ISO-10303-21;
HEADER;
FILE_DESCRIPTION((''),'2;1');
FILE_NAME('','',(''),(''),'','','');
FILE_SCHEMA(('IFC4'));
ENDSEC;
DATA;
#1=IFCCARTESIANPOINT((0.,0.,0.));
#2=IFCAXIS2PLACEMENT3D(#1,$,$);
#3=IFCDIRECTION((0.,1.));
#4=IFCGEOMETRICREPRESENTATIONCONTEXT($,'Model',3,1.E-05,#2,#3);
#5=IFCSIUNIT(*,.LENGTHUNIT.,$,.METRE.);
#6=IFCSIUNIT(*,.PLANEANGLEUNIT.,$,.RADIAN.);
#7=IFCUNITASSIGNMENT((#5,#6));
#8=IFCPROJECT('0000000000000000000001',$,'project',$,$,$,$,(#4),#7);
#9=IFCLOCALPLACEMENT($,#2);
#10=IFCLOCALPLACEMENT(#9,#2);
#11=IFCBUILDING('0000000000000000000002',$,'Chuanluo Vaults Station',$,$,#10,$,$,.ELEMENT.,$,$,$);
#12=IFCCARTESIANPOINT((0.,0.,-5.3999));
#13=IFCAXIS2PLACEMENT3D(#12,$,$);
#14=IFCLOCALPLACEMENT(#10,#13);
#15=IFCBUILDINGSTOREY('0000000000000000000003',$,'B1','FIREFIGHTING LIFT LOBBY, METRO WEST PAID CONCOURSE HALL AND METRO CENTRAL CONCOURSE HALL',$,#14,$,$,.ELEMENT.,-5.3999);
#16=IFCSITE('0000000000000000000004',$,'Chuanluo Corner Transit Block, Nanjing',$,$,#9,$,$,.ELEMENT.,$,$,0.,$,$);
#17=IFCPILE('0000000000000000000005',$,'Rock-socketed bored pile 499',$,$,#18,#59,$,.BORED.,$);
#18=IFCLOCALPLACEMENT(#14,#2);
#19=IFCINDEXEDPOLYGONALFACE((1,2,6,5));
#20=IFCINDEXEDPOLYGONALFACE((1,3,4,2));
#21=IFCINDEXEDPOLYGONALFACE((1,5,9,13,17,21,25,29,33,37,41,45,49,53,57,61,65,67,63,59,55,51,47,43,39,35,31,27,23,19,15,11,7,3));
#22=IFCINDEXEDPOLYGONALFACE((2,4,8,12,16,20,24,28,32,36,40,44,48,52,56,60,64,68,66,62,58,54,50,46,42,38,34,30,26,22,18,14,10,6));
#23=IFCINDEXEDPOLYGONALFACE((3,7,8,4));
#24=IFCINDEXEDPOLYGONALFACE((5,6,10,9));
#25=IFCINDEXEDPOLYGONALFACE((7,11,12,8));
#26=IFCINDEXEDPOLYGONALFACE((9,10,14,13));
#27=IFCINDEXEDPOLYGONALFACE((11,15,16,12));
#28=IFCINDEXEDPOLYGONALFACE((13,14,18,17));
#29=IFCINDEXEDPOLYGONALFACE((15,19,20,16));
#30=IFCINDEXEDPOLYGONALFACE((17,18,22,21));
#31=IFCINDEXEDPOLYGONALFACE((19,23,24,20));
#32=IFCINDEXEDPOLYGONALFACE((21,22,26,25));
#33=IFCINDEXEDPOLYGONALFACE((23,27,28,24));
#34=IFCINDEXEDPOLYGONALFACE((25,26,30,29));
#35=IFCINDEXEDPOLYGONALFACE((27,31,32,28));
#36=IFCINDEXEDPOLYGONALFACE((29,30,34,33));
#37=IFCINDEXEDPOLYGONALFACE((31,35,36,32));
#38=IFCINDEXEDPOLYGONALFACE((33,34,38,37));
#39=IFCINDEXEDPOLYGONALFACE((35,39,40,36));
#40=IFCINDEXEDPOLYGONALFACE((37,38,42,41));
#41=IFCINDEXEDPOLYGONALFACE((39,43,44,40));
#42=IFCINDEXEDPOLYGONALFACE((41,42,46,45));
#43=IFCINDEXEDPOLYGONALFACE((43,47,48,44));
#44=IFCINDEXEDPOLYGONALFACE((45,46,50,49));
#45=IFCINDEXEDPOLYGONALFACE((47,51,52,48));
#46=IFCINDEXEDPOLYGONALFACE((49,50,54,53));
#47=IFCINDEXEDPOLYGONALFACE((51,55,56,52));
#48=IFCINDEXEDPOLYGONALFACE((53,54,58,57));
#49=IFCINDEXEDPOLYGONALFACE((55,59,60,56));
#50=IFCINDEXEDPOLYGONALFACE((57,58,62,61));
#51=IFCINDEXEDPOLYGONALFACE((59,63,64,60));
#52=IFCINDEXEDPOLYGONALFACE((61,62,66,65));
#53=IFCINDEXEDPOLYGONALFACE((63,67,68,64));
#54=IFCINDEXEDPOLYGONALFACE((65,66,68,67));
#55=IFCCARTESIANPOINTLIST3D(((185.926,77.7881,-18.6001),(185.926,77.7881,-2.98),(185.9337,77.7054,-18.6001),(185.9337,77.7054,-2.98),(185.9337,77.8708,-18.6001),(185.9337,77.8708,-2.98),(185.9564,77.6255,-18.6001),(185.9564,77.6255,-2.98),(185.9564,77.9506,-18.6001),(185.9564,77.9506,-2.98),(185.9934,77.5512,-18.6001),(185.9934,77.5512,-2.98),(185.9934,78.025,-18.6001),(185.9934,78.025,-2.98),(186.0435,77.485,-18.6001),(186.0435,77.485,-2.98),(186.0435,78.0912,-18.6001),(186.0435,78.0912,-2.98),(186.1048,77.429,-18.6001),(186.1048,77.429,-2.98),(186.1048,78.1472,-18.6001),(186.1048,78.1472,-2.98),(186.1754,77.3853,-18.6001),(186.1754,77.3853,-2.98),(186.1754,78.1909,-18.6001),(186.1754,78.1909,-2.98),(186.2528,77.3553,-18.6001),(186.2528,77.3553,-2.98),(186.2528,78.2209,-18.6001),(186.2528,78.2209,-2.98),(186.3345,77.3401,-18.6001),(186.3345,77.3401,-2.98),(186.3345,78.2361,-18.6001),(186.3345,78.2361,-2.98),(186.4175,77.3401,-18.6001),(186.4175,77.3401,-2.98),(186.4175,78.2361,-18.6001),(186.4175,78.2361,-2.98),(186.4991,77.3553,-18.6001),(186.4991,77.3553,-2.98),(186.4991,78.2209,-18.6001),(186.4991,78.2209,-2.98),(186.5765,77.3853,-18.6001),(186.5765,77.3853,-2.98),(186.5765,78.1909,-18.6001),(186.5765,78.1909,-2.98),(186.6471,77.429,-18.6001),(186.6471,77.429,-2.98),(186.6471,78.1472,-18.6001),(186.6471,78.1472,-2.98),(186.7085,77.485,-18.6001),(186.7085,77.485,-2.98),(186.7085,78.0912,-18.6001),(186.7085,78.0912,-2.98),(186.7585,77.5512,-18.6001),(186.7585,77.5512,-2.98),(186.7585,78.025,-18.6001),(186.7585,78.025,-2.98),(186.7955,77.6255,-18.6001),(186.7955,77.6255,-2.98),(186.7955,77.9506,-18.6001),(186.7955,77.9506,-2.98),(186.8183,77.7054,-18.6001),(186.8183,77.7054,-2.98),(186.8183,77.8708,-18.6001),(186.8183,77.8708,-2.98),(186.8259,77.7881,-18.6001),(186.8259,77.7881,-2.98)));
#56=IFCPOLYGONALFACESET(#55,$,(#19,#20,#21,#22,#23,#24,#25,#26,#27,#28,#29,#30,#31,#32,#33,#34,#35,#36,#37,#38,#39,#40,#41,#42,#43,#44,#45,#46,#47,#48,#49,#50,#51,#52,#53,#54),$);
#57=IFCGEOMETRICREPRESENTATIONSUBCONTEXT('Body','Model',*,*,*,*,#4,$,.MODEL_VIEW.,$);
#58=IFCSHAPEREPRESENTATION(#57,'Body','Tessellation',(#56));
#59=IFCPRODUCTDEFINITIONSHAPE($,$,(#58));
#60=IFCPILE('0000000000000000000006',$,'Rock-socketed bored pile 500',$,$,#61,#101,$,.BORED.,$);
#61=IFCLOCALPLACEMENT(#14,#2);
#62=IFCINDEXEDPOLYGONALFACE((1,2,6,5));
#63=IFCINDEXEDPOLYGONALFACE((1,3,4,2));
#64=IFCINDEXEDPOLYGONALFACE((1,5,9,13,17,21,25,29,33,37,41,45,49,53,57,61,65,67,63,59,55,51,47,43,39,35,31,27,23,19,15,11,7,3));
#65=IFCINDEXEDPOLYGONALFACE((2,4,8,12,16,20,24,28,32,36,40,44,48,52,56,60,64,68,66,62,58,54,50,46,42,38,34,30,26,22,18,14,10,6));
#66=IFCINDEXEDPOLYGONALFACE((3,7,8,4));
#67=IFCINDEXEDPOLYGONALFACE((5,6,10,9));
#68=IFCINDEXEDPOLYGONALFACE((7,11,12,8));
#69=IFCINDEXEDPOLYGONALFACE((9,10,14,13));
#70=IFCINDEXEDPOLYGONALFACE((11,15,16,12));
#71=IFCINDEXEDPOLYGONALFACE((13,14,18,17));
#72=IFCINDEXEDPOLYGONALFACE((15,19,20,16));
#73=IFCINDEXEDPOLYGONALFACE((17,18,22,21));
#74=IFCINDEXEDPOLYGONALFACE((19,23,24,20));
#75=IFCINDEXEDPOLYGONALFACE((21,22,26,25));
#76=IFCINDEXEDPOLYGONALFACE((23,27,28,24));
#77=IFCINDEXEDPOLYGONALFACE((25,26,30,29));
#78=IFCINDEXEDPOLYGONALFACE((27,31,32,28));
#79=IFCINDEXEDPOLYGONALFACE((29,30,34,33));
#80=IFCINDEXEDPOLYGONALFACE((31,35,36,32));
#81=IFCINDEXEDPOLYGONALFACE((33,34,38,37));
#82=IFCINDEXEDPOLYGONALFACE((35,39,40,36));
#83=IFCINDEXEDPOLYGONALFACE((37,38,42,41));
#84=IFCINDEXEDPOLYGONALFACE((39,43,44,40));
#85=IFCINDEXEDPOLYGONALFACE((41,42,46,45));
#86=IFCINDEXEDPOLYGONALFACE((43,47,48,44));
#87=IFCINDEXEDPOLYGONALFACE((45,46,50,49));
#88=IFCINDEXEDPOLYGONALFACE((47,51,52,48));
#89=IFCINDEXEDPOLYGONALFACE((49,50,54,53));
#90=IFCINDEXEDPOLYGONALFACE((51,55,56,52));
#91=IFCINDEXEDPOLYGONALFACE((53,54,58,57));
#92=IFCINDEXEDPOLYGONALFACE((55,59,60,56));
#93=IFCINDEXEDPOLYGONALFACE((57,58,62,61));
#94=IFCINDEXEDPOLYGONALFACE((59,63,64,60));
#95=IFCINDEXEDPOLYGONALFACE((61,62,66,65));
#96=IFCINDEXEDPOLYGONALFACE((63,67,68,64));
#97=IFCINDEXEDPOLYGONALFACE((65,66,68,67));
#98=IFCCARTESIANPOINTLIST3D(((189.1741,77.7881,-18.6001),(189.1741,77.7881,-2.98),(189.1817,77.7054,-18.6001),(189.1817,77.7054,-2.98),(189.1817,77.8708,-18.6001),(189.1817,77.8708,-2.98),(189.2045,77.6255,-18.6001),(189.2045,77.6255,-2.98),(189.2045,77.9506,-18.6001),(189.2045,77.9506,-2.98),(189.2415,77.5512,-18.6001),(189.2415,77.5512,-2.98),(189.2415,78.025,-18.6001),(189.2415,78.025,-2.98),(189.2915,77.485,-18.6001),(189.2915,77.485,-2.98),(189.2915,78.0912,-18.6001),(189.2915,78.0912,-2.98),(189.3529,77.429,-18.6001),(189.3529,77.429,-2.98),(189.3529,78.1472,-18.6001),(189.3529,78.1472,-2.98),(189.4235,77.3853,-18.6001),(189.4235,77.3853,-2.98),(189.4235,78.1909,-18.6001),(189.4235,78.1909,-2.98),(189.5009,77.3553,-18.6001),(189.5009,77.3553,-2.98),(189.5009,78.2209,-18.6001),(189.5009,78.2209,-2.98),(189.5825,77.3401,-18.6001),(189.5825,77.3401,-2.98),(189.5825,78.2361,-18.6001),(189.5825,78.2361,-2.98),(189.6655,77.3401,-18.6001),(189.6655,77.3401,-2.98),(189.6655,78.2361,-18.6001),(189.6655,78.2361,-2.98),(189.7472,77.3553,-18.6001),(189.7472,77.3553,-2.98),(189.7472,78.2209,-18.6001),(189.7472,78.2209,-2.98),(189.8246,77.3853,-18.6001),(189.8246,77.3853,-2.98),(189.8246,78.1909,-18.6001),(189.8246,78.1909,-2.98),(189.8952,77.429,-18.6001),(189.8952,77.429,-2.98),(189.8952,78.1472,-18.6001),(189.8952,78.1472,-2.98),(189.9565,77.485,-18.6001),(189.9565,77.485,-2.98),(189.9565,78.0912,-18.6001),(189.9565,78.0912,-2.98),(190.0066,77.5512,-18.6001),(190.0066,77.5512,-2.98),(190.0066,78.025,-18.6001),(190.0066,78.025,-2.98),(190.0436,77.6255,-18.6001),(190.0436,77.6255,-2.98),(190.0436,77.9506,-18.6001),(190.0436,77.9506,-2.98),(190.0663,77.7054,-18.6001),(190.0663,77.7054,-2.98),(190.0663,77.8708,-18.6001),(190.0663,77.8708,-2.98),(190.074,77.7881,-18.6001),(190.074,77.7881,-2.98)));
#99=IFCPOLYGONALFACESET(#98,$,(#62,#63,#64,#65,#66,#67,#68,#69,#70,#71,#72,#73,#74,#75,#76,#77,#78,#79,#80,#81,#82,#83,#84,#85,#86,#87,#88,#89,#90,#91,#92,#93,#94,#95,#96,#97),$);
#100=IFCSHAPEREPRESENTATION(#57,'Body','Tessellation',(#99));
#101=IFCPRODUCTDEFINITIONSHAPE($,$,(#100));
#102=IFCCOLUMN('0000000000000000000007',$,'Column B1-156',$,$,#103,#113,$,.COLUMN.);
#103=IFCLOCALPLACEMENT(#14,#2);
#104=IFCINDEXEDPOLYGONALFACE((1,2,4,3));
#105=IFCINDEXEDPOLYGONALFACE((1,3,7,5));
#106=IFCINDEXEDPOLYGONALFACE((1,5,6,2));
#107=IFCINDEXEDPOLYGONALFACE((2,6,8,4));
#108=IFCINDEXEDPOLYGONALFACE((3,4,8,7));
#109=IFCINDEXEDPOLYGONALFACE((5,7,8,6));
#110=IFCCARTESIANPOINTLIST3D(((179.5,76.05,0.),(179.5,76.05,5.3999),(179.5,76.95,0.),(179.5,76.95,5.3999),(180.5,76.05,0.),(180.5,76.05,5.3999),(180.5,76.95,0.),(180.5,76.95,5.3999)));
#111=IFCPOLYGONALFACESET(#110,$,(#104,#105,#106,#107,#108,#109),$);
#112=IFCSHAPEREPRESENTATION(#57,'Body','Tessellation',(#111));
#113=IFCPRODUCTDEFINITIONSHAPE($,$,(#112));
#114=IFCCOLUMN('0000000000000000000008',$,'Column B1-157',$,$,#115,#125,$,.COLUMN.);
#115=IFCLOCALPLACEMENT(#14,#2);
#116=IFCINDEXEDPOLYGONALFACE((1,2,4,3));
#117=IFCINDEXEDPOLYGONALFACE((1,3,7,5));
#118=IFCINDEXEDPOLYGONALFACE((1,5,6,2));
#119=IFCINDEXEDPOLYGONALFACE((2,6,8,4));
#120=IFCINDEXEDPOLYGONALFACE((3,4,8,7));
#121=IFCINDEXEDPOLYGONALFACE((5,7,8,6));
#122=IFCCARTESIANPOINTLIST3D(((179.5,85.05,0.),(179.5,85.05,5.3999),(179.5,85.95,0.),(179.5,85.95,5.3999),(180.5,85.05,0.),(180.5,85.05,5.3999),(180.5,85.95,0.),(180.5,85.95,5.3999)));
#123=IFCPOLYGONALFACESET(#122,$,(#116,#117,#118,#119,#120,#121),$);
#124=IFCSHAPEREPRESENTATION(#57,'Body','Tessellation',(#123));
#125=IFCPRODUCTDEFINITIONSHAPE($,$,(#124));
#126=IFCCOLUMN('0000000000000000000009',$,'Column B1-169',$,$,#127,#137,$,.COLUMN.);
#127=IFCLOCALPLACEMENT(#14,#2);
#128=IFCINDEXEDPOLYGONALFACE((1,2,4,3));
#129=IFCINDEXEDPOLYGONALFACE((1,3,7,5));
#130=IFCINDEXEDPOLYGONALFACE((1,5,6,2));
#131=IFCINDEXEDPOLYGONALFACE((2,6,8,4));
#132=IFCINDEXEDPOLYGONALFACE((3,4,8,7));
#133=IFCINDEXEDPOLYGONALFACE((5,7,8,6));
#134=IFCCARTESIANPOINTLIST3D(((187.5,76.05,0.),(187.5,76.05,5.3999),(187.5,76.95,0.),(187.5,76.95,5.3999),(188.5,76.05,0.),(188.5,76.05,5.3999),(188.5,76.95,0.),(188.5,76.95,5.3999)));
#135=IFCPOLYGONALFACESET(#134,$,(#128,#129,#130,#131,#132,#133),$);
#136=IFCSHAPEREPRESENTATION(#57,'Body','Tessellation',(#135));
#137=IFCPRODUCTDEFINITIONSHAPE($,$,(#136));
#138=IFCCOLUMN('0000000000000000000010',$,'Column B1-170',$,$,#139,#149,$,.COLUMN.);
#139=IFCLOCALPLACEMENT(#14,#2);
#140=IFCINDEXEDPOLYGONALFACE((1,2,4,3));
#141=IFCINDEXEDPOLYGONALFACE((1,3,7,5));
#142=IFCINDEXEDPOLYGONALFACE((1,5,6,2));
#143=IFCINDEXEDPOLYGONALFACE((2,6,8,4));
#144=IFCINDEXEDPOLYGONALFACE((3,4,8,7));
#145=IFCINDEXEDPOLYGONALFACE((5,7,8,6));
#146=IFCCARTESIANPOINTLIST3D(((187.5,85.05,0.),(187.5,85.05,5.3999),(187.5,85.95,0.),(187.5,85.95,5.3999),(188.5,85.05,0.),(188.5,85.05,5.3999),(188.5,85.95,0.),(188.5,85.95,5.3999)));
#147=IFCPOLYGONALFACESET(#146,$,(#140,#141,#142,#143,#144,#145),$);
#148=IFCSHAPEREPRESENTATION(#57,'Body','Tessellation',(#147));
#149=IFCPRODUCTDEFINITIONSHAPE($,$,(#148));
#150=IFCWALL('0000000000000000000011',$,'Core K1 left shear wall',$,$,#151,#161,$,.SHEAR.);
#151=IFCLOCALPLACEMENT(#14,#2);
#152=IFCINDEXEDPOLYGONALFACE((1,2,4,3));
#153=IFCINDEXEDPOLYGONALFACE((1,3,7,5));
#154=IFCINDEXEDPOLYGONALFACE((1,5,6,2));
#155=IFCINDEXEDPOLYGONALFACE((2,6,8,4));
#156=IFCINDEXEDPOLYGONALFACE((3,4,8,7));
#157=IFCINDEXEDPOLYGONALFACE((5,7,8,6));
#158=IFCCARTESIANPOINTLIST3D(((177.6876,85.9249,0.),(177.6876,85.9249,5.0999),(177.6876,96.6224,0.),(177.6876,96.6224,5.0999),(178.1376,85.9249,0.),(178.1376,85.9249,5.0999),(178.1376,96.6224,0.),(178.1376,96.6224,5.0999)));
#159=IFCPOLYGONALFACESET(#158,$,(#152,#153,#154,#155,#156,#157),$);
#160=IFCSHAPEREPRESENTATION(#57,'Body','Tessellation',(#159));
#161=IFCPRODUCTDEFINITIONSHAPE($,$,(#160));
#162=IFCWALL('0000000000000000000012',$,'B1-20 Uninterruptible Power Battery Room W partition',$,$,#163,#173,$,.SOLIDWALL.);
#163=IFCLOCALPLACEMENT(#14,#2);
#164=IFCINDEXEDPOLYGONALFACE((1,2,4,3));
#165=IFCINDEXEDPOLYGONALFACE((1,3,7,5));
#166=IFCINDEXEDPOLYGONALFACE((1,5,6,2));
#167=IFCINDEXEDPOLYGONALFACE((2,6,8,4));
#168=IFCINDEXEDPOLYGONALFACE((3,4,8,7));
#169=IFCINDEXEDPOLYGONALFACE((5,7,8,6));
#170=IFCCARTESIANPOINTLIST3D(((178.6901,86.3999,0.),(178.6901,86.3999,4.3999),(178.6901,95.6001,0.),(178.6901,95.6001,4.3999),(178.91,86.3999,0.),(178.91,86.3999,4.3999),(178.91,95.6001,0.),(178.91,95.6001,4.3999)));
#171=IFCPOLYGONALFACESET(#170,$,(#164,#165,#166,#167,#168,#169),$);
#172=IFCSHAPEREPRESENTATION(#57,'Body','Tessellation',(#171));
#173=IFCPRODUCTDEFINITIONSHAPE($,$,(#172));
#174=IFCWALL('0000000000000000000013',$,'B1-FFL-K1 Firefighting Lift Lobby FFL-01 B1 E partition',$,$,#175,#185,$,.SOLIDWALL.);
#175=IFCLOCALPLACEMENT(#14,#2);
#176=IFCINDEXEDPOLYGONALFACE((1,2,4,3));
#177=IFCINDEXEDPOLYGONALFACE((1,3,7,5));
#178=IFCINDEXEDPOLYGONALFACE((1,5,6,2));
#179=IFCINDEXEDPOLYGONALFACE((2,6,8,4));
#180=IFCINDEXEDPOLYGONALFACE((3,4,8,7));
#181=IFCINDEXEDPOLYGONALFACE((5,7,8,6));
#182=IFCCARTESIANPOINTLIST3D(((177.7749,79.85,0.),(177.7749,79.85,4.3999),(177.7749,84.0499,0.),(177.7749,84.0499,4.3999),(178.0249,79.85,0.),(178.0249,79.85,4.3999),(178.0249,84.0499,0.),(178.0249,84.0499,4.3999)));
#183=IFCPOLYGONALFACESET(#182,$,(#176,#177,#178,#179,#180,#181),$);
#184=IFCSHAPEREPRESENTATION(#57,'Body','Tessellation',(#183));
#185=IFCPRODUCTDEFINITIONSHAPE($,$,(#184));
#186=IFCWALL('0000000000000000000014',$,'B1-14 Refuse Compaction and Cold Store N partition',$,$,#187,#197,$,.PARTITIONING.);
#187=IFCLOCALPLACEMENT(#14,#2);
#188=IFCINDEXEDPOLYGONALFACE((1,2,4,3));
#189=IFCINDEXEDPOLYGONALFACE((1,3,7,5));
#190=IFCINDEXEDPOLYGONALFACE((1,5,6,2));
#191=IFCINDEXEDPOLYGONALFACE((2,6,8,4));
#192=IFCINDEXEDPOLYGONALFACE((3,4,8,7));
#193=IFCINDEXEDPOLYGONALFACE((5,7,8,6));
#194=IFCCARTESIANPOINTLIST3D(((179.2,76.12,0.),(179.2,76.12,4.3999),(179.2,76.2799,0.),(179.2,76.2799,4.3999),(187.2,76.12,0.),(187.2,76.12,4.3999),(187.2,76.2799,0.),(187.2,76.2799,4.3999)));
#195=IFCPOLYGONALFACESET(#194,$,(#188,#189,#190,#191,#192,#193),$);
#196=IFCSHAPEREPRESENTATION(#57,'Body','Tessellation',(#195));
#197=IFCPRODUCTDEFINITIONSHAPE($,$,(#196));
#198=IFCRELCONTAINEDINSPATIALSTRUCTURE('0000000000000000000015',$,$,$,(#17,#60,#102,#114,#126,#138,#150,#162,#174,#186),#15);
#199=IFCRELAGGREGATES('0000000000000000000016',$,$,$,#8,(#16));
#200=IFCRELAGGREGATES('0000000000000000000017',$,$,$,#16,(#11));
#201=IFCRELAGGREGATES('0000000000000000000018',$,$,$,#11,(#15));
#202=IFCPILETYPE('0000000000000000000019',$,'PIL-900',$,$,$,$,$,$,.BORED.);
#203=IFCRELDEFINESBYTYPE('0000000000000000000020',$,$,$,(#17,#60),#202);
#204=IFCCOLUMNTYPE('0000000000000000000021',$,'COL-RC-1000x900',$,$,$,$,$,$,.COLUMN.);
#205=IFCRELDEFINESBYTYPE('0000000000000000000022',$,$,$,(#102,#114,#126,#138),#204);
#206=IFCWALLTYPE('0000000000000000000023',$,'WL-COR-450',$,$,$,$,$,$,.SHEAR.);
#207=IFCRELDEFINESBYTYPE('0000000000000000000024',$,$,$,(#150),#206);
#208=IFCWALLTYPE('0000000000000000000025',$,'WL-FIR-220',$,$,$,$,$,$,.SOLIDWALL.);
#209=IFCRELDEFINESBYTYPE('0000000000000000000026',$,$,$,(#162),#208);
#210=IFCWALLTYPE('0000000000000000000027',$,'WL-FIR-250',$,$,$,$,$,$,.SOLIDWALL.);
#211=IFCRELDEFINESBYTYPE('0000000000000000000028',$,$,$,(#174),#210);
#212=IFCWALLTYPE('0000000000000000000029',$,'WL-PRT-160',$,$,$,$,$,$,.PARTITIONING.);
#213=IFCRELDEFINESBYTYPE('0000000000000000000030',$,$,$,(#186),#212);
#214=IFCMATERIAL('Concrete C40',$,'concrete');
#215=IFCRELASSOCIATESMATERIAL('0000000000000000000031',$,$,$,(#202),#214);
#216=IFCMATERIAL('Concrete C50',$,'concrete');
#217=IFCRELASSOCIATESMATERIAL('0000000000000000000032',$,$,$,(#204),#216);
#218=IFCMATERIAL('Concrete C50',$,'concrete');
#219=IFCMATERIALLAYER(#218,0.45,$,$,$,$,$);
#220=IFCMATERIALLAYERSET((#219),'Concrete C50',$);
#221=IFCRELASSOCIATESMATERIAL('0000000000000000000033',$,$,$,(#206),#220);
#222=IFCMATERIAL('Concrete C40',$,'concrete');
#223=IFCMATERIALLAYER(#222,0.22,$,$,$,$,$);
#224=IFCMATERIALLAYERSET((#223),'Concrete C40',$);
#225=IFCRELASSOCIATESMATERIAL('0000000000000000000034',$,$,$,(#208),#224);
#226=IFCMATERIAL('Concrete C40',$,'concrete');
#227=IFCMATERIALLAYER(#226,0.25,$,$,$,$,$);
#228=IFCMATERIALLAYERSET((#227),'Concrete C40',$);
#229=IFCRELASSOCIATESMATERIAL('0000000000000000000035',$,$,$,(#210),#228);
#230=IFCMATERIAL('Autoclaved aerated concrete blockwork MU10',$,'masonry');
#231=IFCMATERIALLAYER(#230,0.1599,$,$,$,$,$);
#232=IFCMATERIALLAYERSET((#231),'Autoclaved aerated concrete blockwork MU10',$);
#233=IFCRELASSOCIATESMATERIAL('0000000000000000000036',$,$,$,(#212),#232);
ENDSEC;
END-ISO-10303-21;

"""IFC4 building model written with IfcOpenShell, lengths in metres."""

from ifc_helpers import new_model, si_unit, direction, frame, frame_2d, origin, origin_2d, place, context, subcontext, project, spatial, rectangle, circle, extrude, material, layer, layer_set, material_profile, profile_set, type_object, element, save


model = new_model("IFC4")

# Units and contexts
model_context = context("Model", 3, precision=1e-05, world=origin(), true_north=direction((0.0, 1.0)))
body_context = subcontext(model_context, "Body", "Model", "MODEL_VIEW")
ifc_project = project(units=[si_unit("LENGTHUNIT", "METRE"), si_unit("PLANEANGLEUNIT", "RADIAN")], contexts=[model_context])

# Site, building, storey
site_placement = place(None, origin())
site = spatial("IfcSite", under=ifc_project, at=site_placement, Name="Chuanluo Corner Transit Block, Nanjing", CompositionType="ELEMENT", RefElevation=0.0)
building_placement = place(site_placement, origin())
building = spatial("IfcBuilding", under=site, at=building_placement, Name="Chuanluo Vaults Station", CompositionType="ELEMENT")
storey_placement = place(building_placement, frame((0.0, 0.0, -5.3999)))
storey = spatial("IfcBuildingStorey", under=building, at=storey_placement, Name="B1", Description="FIREFIGHTING LIFT LOBBY, METRO WEST PAID CONCOURSE HALL AND METRO CENTRAL CONCOURSE HALL", CompositionType="ELEMENT", Elevation=-5.3999)

# Piles
ifc_material_1 = material(Name="Concrete C40", Category="concrete")
ifc_material_profile_1 = material_profile(ifc_material_1, circle(Radius=0.45, at=origin_2d()))
ifc_profile_set_1 = profile_set([ifc_material_profile_1], Name="Concrete C40")
pile_type_1 = type_object("IfcPileType", Name="PIL-900", PredefinedType="BORED", material=ifc_profile_set_1)
for number, where, z_axis, x_axis, name in (
    (1, (186.376, 77.7881, -2.98), (0.0, 0.0, -1.0), (1.0, 0.0, 0.0), "Rock-socketed bored pile 499"),
    (2, (189.624, 77.7881, -2.98), (0.0, 0.0, -1.0), (1.0, 0.0, 0.0), "Rock-socketed bored pile 500"),
):
    element("IfcPile", number, at=place(storey_placement, frame(where, z_axis=z_axis, x_axis=x_axis)), inside=storey, type_object=pile_type_1, Name=name, PredefinedType="BORED", context=body_context, shape_type="SweptSolid", body=[
        extrude(circle(Radius=0.45, at=origin_2d()), origin(), (0.0, 0.0, 1.0), 15.6201),
    ])

# Columns
ifc_material_2 = material(Name="Concrete C50", Category="concrete")
ifc_material_profile_2 = material_profile(ifc_material_2, rectangle(XDim=1.0, YDim=0.8999, at=origin_2d()))
ifc_profile_set_2 = profile_set([ifc_material_profile_2], Name="Concrete C50")
column_type = type_object("IfcColumnType", Name="COL-RC-1000x900", PredefinedType="COLUMN", material=ifc_profile_set_2)
for number, where, z_axis, x_axis, name in (
    (3, (180.0, 76.5, 0.0), (0.0, 0.0, 1.0), (1.0, 0.0, 0.0), "Column B1-156"),
    (4, (180.0, 85.5, 0.0), (0.0, 0.0, 1.0), (1.0, 0.0, 0.0), "Column B1-157"),
    (5, (188.0, 76.5, 0.0), (0.0, 0.0, 1.0), (1.0, 0.0, 0.0), "Column B1-169"),
    (6, (188.0, 85.5, 0.0), (0.0, 0.0, 1.0), (1.0, 0.0, 0.0), "Column B1-170"),
):
    element("IfcColumn", number, at=place(storey_placement, frame(where, z_axis=z_axis, x_axis=x_axis)), inside=storey, type_object=column_type, Name=name, PredefinedType="COLUMN", context=body_context, shape_type="SweptSolid", body=[
        extrude(rectangle(XDim=1.0, YDim=0.8999, at=origin_2d()), origin(), (0.0, 0.0, 1.0), 5.3999),
    ])

# Walls
ifc_material_3 = material(Name="Concrete C50", Category="concrete")
ifc_layer_1 = layer(ifc_material_3, 0.45)
ifc_layer_set_1 = layer_set([ifc_layer_1], Name="Concrete C50")
wall_type_1 = type_object("IfcWallType", Name="WL-COR-450", PredefinedType="SHEAR", material=ifc_layer_set_1)
wall_1_placement = place(storey_placement, frame((177.9126, 85.925, 0.0), z_axis=(0.0, 0.0, 1.0), x_axis=(0.0, 1.0, 0.0)))
element("IfcWall", 7, at=wall_1_placement, inside=storey, type_object=wall_type_1, Name="Core K1 left shear wall", PredefinedType="SHEAR", context=body_context, shape_type="SweptSolid", body=[
    extrude(rectangle(XDim=10.6975, YDim=0.45, at=frame_2d((5.3486, 0.0))), origin(), (0.0, 0.0, 1.0), 5.0999),
])
ifc_material_4 = material(Name="Concrete C40", Category="concrete")
ifc_layer_2 = layer(ifc_material_4, 0.22)
ifc_layer_set_2 = layer_set([ifc_layer_2], Name="Concrete C40")
wall_type_2 = type_object("IfcWallType", Name="WL-FIR-220", PredefinedType="SOLIDWALL", material=ifc_layer_set_2)
wall_2_placement = place(storey_placement, frame((178.8, 86.3999, 0.0), z_axis=(0.0, 0.0, 1.0), x_axis=(0.0, 1.0, 0.0)))
element("IfcWall", 8, at=wall_2_placement, inside=storey, type_object=wall_type_2, Name="B1-20 Uninterruptible Power Battery Room W partition", PredefinedType="SOLIDWALL", context=body_context, shape_type="SweptSolid", body=[
    extrude(rectangle(XDim=9.2002, YDim=0.22, at=frame_2d((4.6001, 0.0))), origin(), (0.0, 0.0, 1.0), 4.3999),
])
ifc_material_5 = material(Name="Concrete C40", Category="concrete")
ifc_layer_3 = layer(ifc_material_5, 0.25)
ifc_layer_set_3 = layer_set([ifc_layer_3], Name="Concrete C40")
wall_type_3 = type_object("IfcWallType", Name="WL-FIR-250", PredefinedType="SOLIDWALL", material=ifc_layer_set_3)
wall_3_placement = place(storey_placement, frame((177.8999, 84.05, 0.0), z_axis=(0.0, 0.0, 1.0), x_axis=(0.0, -1.0, 0.0)))
element("IfcWall", 9, at=wall_3_placement, inside=storey, type_object=wall_type_3, Name="B1-FFL-K1 Firefighting Lift Lobby FFL-01 B1 E partition", PredefinedType="SOLIDWALL", context=body_context, shape_type="SweptSolid", body=[
    extrude(rectangle(XDim=4.2, YDim=0.25, at=frame_2d((2.1001, 0.0))), origin(), (0.0, 0.0, 1.0), 4.3999),
])
ifc_material_6 = material(Name="Autoclaved aerated concrete blockwork MU10", Category="masonry")
ifc_layer_4 = layer(ifc_material_6, 0.1599)
ifc_layer_set_4 = layer_set([ifc_layer_4], Name="Autoclaved aerated concrete blockwork MU10")
wall_type_4 = type_object("IfcWallType", Name="WL-PRT-160", PredefinedType="PARTITIONING", material=ifc_layer_set_4)
wall_4_placement = place(storey_placement, frame((179.2, 76.2, 0.0), z_axis=(0.0, 0.0, 1.0), x_axis=(1.0, 0.0, 0.0)))
element("IfcWall", 10, at=wall_4_placement, inside=storey, type_object=wall_type_4, Name="B1-14 Refuse Compaction and Cold Store N partition", PredefinedType="PARTITIONING", context=body_context, shape_type="SweptSolid", body=[
    extrude(rectangle(XDim=8.0, YDim=0.1599, at=frame_2d((4.0, 0.0))), origin(), (0.0, 0.0, 1.0), 4.3999),
])

save(model, "model.ifc")
